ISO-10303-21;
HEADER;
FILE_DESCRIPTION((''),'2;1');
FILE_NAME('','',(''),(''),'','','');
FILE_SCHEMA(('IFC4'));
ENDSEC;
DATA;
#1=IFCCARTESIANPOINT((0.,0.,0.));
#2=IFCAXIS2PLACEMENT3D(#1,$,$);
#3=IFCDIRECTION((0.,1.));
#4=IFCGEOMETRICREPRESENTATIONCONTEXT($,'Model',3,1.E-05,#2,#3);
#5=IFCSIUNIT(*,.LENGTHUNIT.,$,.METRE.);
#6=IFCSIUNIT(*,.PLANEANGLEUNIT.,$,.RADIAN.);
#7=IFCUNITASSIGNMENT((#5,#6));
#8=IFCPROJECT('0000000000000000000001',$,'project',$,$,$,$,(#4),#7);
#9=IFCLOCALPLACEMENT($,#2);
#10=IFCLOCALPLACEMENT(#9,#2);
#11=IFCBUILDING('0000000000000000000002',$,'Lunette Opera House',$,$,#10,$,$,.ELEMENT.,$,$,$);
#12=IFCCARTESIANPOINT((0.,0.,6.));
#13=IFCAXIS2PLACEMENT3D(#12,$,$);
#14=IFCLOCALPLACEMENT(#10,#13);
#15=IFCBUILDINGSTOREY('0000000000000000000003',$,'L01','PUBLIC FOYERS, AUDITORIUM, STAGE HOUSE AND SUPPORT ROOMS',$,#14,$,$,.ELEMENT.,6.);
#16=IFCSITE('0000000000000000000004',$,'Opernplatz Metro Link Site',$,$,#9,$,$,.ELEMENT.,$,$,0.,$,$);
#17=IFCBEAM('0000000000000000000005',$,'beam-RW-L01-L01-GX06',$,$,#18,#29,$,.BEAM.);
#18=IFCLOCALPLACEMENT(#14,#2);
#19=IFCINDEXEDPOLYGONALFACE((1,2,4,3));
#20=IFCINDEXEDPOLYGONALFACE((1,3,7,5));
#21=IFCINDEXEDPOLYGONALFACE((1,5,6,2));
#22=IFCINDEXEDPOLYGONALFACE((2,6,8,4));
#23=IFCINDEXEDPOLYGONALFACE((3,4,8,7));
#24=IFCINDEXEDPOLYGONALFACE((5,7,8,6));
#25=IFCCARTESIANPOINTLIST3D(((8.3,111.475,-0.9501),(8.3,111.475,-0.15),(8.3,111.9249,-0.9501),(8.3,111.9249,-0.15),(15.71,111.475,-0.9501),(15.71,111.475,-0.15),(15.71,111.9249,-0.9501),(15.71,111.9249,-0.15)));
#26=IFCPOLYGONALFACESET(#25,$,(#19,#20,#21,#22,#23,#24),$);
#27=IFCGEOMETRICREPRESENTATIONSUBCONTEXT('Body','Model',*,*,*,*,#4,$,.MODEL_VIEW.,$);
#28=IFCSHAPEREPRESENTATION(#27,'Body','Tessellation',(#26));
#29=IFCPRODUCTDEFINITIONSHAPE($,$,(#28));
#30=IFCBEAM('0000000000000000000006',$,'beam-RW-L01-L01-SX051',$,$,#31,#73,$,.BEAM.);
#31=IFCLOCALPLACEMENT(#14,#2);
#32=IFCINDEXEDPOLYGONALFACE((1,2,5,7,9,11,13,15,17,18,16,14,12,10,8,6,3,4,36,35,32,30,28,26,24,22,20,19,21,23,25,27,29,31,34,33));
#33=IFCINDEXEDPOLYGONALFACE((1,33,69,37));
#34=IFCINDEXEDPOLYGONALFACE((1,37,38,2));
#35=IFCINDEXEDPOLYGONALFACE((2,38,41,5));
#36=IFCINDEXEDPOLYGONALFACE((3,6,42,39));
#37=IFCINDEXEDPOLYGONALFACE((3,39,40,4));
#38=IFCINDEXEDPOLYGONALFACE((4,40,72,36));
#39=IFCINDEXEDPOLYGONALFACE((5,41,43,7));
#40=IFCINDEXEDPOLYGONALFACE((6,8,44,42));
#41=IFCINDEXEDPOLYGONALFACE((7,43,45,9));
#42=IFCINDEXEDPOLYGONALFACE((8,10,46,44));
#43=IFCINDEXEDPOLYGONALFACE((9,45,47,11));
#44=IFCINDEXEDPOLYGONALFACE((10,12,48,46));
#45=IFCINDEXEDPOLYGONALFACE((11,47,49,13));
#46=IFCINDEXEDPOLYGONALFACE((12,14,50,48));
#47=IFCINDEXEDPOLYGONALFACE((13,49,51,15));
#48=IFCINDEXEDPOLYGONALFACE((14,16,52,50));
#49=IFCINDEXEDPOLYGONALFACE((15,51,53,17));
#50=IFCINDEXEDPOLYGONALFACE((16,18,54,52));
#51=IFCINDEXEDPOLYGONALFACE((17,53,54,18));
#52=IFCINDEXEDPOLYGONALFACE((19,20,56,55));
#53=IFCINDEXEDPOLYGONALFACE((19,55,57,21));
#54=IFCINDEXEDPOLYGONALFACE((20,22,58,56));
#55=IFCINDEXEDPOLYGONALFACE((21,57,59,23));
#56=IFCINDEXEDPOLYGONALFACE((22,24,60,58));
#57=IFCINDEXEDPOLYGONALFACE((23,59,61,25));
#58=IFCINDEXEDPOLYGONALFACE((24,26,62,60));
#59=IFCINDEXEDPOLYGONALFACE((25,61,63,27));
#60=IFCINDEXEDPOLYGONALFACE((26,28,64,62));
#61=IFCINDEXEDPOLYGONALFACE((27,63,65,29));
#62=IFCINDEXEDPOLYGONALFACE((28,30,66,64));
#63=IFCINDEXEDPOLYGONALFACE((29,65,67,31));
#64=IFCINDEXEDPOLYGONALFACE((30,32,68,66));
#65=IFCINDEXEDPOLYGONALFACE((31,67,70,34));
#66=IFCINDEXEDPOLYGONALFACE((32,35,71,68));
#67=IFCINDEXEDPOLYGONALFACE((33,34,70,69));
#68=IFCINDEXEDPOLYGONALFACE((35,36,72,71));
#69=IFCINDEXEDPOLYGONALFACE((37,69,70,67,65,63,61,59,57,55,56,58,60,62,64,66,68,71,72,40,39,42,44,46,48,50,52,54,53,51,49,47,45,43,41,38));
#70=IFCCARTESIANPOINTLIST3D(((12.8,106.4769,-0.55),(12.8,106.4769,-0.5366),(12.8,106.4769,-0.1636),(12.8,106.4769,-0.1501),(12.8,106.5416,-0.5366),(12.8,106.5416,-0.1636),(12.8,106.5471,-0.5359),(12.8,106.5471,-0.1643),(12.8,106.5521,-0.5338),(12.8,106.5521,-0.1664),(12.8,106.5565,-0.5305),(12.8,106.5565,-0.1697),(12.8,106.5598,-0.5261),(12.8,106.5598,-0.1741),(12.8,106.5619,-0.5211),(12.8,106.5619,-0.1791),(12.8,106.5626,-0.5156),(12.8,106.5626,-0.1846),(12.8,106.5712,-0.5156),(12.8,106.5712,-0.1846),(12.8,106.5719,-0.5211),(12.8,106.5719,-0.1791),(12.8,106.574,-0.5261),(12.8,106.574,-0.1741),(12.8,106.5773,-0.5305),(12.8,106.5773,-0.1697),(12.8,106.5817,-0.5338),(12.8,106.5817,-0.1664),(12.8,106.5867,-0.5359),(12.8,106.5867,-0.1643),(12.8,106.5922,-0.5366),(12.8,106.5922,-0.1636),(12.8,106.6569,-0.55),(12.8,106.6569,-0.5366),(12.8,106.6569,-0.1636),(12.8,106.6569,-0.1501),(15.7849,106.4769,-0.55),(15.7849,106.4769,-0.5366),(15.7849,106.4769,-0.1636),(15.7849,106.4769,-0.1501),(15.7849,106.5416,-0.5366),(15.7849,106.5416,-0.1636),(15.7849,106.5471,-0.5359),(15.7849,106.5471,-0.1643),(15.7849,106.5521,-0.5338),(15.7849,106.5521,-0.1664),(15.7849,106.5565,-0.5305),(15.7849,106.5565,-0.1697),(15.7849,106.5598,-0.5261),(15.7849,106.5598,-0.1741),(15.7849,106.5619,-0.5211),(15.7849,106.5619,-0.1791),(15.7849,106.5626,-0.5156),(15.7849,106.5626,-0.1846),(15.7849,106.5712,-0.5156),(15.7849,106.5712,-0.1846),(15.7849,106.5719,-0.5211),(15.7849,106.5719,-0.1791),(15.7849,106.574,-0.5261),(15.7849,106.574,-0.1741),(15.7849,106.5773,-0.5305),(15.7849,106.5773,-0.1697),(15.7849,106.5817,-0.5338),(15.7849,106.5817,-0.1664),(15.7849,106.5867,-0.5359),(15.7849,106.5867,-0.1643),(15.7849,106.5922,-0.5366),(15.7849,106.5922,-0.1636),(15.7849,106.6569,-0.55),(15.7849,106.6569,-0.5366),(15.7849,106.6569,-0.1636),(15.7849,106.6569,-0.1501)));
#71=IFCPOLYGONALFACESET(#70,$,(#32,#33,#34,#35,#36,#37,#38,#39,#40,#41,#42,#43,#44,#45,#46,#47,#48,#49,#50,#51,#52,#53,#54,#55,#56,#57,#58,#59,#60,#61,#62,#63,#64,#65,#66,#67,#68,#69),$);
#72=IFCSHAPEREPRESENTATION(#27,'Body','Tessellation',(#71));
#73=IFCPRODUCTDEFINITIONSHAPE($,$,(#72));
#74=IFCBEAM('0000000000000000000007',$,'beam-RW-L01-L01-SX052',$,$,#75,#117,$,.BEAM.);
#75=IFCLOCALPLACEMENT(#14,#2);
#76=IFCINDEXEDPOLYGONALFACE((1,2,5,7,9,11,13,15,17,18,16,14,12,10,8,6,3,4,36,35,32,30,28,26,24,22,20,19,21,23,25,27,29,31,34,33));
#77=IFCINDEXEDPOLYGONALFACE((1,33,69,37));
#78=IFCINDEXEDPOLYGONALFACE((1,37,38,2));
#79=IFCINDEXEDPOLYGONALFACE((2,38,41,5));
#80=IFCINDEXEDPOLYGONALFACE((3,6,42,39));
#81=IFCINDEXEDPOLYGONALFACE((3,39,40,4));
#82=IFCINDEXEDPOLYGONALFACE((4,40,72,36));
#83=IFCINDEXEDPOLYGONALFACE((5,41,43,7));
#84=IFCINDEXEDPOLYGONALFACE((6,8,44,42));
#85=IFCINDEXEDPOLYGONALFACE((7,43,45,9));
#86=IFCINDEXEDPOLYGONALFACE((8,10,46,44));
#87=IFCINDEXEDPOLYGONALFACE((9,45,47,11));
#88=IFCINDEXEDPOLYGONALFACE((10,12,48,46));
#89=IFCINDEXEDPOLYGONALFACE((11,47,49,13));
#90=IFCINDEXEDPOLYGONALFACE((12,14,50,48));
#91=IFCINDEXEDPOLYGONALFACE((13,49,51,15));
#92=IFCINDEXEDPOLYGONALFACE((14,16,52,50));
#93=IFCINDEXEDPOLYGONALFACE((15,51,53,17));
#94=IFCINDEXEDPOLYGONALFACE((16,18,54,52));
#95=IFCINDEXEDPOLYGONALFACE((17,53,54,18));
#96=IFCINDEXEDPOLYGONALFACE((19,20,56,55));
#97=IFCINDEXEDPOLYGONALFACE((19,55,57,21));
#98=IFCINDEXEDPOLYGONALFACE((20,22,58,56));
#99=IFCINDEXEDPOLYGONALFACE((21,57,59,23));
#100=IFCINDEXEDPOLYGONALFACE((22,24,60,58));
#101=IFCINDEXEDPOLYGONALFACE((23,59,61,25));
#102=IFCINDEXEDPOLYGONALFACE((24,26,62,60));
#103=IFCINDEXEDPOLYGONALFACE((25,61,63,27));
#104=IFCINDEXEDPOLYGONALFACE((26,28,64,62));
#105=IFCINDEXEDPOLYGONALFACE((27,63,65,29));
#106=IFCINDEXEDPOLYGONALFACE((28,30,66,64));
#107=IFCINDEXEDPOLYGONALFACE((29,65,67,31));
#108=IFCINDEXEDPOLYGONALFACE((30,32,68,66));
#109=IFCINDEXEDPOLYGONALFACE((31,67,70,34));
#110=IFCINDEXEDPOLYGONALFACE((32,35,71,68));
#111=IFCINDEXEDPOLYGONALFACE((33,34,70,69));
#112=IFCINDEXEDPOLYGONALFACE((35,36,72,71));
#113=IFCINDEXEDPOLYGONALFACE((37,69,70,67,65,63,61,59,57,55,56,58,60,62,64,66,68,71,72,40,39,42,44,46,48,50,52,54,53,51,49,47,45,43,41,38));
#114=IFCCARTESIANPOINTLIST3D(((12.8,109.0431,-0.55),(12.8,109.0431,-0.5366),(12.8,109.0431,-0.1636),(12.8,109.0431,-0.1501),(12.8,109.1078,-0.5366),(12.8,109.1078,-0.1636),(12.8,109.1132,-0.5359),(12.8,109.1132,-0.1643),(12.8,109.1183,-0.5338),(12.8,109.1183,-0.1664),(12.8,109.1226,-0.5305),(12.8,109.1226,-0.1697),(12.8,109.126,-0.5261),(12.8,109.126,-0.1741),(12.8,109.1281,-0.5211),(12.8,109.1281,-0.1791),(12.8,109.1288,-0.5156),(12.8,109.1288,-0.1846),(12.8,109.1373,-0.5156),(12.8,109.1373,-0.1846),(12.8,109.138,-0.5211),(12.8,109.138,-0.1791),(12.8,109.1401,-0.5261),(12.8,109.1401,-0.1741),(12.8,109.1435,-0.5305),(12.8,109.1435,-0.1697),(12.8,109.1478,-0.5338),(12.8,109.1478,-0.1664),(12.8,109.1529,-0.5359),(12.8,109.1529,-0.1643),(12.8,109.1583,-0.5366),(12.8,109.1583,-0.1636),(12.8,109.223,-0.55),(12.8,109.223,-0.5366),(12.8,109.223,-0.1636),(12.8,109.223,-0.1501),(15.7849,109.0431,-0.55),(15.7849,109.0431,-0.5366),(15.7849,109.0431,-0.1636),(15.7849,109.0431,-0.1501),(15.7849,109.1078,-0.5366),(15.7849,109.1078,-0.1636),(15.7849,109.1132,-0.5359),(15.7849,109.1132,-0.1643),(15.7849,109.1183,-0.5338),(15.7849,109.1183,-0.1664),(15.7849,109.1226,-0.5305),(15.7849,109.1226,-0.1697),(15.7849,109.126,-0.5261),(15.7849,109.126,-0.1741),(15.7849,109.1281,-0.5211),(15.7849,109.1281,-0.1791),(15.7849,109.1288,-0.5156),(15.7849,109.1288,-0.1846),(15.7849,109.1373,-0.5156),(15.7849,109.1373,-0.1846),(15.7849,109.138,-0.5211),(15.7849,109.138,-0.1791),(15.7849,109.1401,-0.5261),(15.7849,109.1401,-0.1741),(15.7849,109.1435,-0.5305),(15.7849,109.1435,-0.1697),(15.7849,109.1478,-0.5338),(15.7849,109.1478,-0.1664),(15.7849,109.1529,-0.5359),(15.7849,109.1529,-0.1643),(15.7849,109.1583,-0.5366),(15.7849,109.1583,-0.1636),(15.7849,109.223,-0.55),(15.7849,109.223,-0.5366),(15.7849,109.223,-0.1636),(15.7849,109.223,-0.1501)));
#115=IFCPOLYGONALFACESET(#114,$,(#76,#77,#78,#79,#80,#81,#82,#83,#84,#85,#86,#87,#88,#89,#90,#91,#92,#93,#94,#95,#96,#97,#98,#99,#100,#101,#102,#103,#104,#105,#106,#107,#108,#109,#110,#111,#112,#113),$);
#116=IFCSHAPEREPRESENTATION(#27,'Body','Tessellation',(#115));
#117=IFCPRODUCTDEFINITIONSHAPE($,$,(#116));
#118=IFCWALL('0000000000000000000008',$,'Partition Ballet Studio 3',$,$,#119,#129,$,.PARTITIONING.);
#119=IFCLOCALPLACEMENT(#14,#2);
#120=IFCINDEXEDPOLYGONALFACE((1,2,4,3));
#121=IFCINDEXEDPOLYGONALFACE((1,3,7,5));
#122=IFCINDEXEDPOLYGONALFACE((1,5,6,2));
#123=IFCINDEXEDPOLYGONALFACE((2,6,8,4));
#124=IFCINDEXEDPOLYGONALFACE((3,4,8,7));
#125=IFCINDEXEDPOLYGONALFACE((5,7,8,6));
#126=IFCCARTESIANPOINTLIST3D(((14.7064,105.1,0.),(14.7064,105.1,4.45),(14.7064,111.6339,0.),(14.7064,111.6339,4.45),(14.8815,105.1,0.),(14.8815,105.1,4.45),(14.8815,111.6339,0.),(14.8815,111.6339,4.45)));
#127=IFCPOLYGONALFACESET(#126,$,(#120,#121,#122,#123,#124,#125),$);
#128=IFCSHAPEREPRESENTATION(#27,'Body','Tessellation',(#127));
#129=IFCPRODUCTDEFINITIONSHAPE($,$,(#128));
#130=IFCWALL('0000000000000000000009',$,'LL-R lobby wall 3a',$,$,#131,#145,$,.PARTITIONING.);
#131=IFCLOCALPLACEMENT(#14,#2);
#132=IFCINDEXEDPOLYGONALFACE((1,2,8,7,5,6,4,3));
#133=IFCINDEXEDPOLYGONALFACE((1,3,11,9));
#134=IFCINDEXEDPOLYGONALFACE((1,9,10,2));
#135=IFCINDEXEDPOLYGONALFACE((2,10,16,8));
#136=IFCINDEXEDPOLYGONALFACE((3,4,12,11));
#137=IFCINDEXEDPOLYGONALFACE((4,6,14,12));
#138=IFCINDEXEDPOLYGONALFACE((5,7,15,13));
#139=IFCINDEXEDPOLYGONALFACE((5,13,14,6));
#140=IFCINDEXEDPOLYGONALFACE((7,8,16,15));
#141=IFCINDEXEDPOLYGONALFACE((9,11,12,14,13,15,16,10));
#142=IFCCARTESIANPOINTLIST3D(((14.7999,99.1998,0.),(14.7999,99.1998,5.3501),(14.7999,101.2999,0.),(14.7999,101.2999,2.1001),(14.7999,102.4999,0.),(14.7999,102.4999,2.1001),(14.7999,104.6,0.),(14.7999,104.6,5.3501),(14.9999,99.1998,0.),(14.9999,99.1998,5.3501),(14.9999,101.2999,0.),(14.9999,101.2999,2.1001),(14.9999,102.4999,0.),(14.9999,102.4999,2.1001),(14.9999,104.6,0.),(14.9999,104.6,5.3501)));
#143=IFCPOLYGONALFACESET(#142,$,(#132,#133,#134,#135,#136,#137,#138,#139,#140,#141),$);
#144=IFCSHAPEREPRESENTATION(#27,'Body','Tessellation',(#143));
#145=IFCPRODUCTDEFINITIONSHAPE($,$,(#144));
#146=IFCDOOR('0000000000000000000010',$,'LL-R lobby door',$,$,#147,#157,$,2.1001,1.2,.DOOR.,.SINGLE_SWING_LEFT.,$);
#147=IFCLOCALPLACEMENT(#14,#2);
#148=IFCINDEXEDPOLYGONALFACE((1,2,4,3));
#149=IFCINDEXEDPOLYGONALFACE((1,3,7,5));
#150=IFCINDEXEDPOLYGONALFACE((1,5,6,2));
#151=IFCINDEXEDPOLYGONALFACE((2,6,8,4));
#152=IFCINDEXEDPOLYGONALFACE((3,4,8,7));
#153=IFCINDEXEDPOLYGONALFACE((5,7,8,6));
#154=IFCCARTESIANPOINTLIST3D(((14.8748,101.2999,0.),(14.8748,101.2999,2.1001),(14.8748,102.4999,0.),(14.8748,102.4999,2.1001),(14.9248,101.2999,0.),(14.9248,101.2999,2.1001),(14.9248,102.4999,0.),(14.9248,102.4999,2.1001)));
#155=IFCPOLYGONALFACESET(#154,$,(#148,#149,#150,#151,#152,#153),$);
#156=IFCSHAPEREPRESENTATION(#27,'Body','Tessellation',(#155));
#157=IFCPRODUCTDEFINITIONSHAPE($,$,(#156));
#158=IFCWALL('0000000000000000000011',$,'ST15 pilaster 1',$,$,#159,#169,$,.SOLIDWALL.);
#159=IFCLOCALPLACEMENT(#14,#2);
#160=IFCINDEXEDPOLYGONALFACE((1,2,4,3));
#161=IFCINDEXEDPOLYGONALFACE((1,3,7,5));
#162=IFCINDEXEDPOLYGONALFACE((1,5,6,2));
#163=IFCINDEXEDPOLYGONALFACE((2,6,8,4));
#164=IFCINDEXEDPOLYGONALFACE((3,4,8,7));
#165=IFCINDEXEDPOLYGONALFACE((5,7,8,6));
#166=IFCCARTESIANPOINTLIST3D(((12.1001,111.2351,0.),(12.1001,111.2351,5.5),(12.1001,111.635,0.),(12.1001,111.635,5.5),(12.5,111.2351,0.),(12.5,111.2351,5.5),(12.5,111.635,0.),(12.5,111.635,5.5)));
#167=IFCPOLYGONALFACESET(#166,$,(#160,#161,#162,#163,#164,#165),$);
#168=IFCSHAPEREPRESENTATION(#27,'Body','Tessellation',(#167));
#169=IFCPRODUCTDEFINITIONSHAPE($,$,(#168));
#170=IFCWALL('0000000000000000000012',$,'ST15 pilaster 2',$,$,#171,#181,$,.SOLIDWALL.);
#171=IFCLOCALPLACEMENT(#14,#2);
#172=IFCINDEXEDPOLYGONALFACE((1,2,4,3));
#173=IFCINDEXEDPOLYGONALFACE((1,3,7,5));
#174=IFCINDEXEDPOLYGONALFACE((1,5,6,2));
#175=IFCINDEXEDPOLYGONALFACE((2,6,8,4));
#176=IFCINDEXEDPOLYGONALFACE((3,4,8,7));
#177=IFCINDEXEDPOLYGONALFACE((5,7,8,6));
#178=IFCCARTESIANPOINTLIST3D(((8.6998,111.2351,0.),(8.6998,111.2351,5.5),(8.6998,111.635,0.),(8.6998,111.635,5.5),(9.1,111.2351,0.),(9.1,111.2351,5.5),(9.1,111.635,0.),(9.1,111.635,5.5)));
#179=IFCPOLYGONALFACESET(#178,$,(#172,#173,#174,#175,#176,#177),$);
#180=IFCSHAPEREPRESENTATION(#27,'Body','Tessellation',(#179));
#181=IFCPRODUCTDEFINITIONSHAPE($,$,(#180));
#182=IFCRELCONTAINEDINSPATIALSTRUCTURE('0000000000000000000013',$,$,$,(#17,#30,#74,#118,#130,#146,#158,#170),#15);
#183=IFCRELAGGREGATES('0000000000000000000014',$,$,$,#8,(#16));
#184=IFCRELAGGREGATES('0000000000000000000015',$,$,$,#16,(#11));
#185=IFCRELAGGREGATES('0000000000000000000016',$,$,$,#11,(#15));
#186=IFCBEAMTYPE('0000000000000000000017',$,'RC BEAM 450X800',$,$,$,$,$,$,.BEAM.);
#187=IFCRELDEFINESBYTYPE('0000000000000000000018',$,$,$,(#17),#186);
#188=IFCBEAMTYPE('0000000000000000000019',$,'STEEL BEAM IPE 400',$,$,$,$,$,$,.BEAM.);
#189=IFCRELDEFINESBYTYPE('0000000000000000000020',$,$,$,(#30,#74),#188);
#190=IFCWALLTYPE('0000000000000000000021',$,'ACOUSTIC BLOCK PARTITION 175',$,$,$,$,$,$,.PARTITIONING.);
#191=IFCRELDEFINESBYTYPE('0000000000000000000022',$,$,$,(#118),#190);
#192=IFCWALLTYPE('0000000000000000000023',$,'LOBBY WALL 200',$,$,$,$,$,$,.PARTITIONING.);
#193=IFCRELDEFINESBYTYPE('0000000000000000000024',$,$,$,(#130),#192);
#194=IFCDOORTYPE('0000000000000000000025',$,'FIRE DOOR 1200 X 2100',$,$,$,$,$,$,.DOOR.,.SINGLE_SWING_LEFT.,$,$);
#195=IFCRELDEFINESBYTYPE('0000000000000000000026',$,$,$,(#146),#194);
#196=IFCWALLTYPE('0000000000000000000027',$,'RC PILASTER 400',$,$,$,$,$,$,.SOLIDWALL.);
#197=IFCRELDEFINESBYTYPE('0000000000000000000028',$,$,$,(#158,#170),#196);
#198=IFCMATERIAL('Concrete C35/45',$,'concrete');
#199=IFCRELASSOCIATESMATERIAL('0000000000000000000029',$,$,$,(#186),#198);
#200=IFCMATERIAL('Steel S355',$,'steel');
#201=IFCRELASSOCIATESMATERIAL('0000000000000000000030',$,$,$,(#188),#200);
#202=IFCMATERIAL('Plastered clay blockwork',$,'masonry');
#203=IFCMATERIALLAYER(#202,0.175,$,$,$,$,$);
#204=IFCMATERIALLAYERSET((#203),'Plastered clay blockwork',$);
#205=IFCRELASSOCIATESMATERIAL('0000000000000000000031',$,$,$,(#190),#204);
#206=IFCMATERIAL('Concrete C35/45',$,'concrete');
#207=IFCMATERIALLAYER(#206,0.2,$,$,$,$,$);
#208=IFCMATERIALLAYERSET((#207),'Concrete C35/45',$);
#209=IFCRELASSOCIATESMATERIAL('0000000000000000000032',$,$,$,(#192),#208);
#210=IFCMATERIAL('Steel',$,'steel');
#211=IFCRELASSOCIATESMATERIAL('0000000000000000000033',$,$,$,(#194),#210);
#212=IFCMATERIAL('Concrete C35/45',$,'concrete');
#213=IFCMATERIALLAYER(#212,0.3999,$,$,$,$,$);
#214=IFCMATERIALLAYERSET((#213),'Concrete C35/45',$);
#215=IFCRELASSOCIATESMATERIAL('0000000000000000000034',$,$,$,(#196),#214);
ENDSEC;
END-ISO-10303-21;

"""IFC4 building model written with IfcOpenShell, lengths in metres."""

from ifc_helpers import new_model, si_unit, direction, frame, frame_2d, origin, origin_2d, place, context, subcontext, project, spatial, rectangle, i_section, extrude, material, layer, layer_set, material_profile, profile_set, type_object, element, fill, save


model = new_model("IFC4")

# Units and contexts
model_context = context("Model", 3, precision=1e-05, world=origin(), true_north=direction((0.0, 1.0)))
body_context = subcontext(model_context, "Body", "Model", "MODEL_VIEW")
ifc_project = project(units=[si_unit("LENGTHUNIT", "METRE"), si_unit("PLANEANGLEUNIT", "RADIAN")], contexts=[model_context])

# Site, building, storey
site_placement = place(None, origin())
site = spatial("IfcSite", under=ifc_project, at=site_placement, Name="Opernplatz Metro Link Site", CompositionType="ELEMENT", RefElevation=0.0)
building_placement = place(site_placement, origin())
building = spatial("IfcBuilding", under=site, at=building_placement, Name="Lunette Opera House", CompositionType="ELEMENT")
storey_placement = place(building_placement, frame((0.0, 0.0, 6.0)))
storey = spatial("IfcBuildingStorey", under=building, at=storey_placement, Name="L01", Description="PUBLIC FOYERS, AUDITORIUM, STAGE HOUSE AND SUPPORT ROOMS", CompositionType="ELEMENT", Elevation=6.0)

# Beams
ifc_material_1 = material(Name="Concrete C35/45", Category="concrete")
ifc_material_profile_1 = material_profile(ifc_material_1, rectangle(XDim=0.45, YDim=0.8, at=origin_2d()), Name="RC BEAM 450X800")
ifc_profile_set_1 = profile_set([ifc_material_profile_1], Name="Concrete C35/45")
beam_type_1 = type_object("IfcBeamType", Name="RC BEAM 450X800", PredefinedType="BEAM", material=ifc_profile_set_1)
beam_placement = place(storey_placement, frame((8.3, 111.7, -0.55), z_axis=(1.0, 0.0, 0.0), x_axis=(0.0, 1.0, 0.0)))
element("IfcBeam", 1, at=beam_placement, inside=storey, type_object=beam_type_1, Name="beam-RW-L01-L01-GX06", PredefinedType="BEAM", context=body_context, shape_type="SweptSolid", body=[
    extrude(rectangle(XDim=0.45, YDim=0.8, at=origin_2d()), origin(), (0.0, 0.0, 1.0), 7.4099),
])
ifc_material_2 = material(Name="Steel S355", Category="steel")
ifc_material_profile_2 = material_profile(ifc_material_2, i_section(OverallWidth=0.1799, OverallDepth=0.3999, WebThickness=0.0085, FlangeThickness=0.0134, FilletRadius=0.021, at=origin_2d()), Name="IPE 400")
ifc_profile_set_2 = profile_set([ifc_material_profile_2], Name="Steel S355")
beam_type_2 = type_object("IfcBeamType", Name="STEEL BEAM IPE 400", PredefinedType="BEAM", material=ifc_profile_set_2)
for number, where, z_axis, x_axis, name in (
    (2, (12.8, 106.5669, -0.3501), (1.0, 0.0, 0.0), (0.0, 1.0, 0.0), "beam-RW-L01-L01-SX051"),
    (3, (12.8, 109.1331, -0.3501), (1.0, 0.0, 0.0), (0.0, 1.0, 0.0), "beam-RW-L01-L01-SX052"),
):
    element("IfcBeam", number, at=place(storey_placement, frame(where, z_axis=z_axis, x_axis=x_axis)), inside=storey, type_object=beam_type_2, Name=name, PredefinedType="BEAM", context=body_context, shape_type="SweptSolid", body=[
        extrude(i_section(OverallWidth=0.1799, OverallDepth=0.3999, WebThickness=0.0085, FlangeThickness=0.0134, FilletRadius=0.021, at=origin_2d()), origin(), (0.0, 0.0, 1.0), 2.9849),
    ])

# Wall
ifc_material_3 = material(Name="Plastered clay blockwork", Category="masonry")
ifc_layer_1 = layer(ifc_material_3, 0.175)
ifc_layer_set_1 = layer_set([ifc_layer_1], Name="Plastered clay blockwork")
wall_type_1 = type_object("IfcWallType", Name="ACOUSTIC BLOCK PARTITION 175", PredefinedType="PARTITIONING", material=ifc_layer_set_1)
wall_1_placement = place(storey_placement, frame((14.7939, 111.634, 0.0), z_axis=(0.0, 0.0, 1.0), x_axis=(0.0, -1.0, 0.0)))
element("IfcWall", 4, at=wall_1_placement, inside=storey, type_object=wall_type_1, Name="Partition Ballet Studio 3", PredefinedType="PARTITIONING", context=body_context, shape_type="SweptSolid", body=[
    extrude(rectangle(XDim=6.5339, YDim=0.175, at=frame_2d((3.2671, 0.0))), origin(), (0.0, 0.0, 1.0), 4.45),
])

# Wall, opening, door
ifc_material_4 = material(Name="Concrete C35/45", Category="concrete")
ifc_layer_2 = layer(ifc_material_4, 0.2)
ifc_layer_set_2 = layer_set([ifc_layer_2], Name="Concrete C35/45")
wall_type_2 = type_object("IfcWallType", Name="LOBBY WALL 200", PredefinedType="PARTITIONING", material=ifc_layer_set_2)
wall_2_placement = place(storey_placement, frame((14.8999, 104.6001, 0.0), z_axis=(0.0, 0.0, 1.0), x_axis=(0.0, -1.0, 0.0)))
wall_2 = element("IfcWall", 5, at=wall_2_placement, inside=storey, type_object=wall_type_2, Name="LL-R lobby wall 3a", PredefinedType="PARTITIONING", context=body_context, shape_type="SweptSolid", body=[
    extrude(rectangle(XDim=5.4001, YDim=0.2, at=frame_2d((2.7002, 0.0))), origin(), (0.0, 0.0, 1.0), 5.3501),
])
opening_1_placement = place(wall_2_placement, frame((2.1001, 0.0, 0.0)))
opening_1 = element("IfcOpeningElement", 6, at=opening_1_placement, cuts=wall_2, PredefinedType="OPENING", context=body_context, shape_type="SweptSolid", body=[
    extrude(rectangle(XDim=1.2, YDim=2.1001, at=frame_2d((0.6001, 1.05))), frame((0.0, 0.1121, 0.0), z_axis=(0.0, -1.0, 0.0), x_axis=(1.0, 0.0, 0.0)), (0.0, 0.0, 1.0), 0.2239),
])
ifc_material_5 = material(Name="Steel", Category="steel")
door_type = type_object("IfcDoorType", Name="FIRE DOOR 1200 X 2100", OperationType="SINGLE_SWING_LEFT", PredefinedType="DOOR", material=ifc_material_5)
door_1_placement = place(opening_1_placement, origin())
door_1 = element("IfcDoor", 7, at=door_1_placement, inside=storey, type_object=door_type, Name="LL-R lobby door", OperationType="SINGLE_SWING_LEFT", OverallHeight=2.1001, OverallWidth=1.2, PredefinedType="DOOR", context=body_context, shape_type="SweptSolid", body=[
    extrude(rectangle(XDim=1.2, YDim=2.1001, at=frame_2d((0.6001, 1.05))), frame((0.0, 0.0249, 0.0), z_axis=(0.0, -1.0, 0.0), x_axis=(1.0, 0.0, 0.0)), (0.0, 0.0, 1.0), 0.05),
])
fill(opening_1, door_1)

# Walls
ifc_material_6 = material(Name="Concrete C35/45", Category="concrete")
ifc_layer_3 = layer(ifc_material_6, 0.3999)
ifc_layer_set_3 = layer_set([ifc_layer_3], Name="Concrete C35/45")
wall_type_3 = type_object("IfcWallType", Name="RC PILASTER 400", PredefinedType="SOLIDWALL", material=ifc_layer_set_3)
wall_3_placement = place(storey_placement, frame((12.5, 111.4351, 0.0), z_axis=(0.0, 0.0, 1.0), x_axis=(-1.0, 0.0, 0.0)))
element("IfcWall", 8, at=wall_3_placement, inside=storey, type_object=wall_type_3, Name="ST15 pilaster 1", PredefinedType="SOLIDWALL", context=body_context, shape_type="SweptSolid", body=[
    extrude(rectangle(XDim=0.3999, YDim=0.3999, at=frame_2d((0.2, 0.0))), origin(), (0.0, 0.0, 1.0), 5.5),
])
wall_4_placement = place(storey_placement, frame((9.1001, 111.4351, 0.0), z_axis=(0.0, 0.0, 1.0), x_axis=(-1.0, 0.0, 0.0)))
element("IfcWall", 9, at=wall_4_placement, inside=storey, type_object=wall_type_3, Name="ST15 pilaster 2", PredefinedType="SOLIDWALL", context=body_context, shape_type="SweptSolid", body=[
    extrude(rectangle(XDim=0.4001, YDim=0.3999, at=frame_2d((0.2002, 0.0))), origin(), (0.0, 0.0, 1.0), 5.5),
])

save(model, "model.ifc")
